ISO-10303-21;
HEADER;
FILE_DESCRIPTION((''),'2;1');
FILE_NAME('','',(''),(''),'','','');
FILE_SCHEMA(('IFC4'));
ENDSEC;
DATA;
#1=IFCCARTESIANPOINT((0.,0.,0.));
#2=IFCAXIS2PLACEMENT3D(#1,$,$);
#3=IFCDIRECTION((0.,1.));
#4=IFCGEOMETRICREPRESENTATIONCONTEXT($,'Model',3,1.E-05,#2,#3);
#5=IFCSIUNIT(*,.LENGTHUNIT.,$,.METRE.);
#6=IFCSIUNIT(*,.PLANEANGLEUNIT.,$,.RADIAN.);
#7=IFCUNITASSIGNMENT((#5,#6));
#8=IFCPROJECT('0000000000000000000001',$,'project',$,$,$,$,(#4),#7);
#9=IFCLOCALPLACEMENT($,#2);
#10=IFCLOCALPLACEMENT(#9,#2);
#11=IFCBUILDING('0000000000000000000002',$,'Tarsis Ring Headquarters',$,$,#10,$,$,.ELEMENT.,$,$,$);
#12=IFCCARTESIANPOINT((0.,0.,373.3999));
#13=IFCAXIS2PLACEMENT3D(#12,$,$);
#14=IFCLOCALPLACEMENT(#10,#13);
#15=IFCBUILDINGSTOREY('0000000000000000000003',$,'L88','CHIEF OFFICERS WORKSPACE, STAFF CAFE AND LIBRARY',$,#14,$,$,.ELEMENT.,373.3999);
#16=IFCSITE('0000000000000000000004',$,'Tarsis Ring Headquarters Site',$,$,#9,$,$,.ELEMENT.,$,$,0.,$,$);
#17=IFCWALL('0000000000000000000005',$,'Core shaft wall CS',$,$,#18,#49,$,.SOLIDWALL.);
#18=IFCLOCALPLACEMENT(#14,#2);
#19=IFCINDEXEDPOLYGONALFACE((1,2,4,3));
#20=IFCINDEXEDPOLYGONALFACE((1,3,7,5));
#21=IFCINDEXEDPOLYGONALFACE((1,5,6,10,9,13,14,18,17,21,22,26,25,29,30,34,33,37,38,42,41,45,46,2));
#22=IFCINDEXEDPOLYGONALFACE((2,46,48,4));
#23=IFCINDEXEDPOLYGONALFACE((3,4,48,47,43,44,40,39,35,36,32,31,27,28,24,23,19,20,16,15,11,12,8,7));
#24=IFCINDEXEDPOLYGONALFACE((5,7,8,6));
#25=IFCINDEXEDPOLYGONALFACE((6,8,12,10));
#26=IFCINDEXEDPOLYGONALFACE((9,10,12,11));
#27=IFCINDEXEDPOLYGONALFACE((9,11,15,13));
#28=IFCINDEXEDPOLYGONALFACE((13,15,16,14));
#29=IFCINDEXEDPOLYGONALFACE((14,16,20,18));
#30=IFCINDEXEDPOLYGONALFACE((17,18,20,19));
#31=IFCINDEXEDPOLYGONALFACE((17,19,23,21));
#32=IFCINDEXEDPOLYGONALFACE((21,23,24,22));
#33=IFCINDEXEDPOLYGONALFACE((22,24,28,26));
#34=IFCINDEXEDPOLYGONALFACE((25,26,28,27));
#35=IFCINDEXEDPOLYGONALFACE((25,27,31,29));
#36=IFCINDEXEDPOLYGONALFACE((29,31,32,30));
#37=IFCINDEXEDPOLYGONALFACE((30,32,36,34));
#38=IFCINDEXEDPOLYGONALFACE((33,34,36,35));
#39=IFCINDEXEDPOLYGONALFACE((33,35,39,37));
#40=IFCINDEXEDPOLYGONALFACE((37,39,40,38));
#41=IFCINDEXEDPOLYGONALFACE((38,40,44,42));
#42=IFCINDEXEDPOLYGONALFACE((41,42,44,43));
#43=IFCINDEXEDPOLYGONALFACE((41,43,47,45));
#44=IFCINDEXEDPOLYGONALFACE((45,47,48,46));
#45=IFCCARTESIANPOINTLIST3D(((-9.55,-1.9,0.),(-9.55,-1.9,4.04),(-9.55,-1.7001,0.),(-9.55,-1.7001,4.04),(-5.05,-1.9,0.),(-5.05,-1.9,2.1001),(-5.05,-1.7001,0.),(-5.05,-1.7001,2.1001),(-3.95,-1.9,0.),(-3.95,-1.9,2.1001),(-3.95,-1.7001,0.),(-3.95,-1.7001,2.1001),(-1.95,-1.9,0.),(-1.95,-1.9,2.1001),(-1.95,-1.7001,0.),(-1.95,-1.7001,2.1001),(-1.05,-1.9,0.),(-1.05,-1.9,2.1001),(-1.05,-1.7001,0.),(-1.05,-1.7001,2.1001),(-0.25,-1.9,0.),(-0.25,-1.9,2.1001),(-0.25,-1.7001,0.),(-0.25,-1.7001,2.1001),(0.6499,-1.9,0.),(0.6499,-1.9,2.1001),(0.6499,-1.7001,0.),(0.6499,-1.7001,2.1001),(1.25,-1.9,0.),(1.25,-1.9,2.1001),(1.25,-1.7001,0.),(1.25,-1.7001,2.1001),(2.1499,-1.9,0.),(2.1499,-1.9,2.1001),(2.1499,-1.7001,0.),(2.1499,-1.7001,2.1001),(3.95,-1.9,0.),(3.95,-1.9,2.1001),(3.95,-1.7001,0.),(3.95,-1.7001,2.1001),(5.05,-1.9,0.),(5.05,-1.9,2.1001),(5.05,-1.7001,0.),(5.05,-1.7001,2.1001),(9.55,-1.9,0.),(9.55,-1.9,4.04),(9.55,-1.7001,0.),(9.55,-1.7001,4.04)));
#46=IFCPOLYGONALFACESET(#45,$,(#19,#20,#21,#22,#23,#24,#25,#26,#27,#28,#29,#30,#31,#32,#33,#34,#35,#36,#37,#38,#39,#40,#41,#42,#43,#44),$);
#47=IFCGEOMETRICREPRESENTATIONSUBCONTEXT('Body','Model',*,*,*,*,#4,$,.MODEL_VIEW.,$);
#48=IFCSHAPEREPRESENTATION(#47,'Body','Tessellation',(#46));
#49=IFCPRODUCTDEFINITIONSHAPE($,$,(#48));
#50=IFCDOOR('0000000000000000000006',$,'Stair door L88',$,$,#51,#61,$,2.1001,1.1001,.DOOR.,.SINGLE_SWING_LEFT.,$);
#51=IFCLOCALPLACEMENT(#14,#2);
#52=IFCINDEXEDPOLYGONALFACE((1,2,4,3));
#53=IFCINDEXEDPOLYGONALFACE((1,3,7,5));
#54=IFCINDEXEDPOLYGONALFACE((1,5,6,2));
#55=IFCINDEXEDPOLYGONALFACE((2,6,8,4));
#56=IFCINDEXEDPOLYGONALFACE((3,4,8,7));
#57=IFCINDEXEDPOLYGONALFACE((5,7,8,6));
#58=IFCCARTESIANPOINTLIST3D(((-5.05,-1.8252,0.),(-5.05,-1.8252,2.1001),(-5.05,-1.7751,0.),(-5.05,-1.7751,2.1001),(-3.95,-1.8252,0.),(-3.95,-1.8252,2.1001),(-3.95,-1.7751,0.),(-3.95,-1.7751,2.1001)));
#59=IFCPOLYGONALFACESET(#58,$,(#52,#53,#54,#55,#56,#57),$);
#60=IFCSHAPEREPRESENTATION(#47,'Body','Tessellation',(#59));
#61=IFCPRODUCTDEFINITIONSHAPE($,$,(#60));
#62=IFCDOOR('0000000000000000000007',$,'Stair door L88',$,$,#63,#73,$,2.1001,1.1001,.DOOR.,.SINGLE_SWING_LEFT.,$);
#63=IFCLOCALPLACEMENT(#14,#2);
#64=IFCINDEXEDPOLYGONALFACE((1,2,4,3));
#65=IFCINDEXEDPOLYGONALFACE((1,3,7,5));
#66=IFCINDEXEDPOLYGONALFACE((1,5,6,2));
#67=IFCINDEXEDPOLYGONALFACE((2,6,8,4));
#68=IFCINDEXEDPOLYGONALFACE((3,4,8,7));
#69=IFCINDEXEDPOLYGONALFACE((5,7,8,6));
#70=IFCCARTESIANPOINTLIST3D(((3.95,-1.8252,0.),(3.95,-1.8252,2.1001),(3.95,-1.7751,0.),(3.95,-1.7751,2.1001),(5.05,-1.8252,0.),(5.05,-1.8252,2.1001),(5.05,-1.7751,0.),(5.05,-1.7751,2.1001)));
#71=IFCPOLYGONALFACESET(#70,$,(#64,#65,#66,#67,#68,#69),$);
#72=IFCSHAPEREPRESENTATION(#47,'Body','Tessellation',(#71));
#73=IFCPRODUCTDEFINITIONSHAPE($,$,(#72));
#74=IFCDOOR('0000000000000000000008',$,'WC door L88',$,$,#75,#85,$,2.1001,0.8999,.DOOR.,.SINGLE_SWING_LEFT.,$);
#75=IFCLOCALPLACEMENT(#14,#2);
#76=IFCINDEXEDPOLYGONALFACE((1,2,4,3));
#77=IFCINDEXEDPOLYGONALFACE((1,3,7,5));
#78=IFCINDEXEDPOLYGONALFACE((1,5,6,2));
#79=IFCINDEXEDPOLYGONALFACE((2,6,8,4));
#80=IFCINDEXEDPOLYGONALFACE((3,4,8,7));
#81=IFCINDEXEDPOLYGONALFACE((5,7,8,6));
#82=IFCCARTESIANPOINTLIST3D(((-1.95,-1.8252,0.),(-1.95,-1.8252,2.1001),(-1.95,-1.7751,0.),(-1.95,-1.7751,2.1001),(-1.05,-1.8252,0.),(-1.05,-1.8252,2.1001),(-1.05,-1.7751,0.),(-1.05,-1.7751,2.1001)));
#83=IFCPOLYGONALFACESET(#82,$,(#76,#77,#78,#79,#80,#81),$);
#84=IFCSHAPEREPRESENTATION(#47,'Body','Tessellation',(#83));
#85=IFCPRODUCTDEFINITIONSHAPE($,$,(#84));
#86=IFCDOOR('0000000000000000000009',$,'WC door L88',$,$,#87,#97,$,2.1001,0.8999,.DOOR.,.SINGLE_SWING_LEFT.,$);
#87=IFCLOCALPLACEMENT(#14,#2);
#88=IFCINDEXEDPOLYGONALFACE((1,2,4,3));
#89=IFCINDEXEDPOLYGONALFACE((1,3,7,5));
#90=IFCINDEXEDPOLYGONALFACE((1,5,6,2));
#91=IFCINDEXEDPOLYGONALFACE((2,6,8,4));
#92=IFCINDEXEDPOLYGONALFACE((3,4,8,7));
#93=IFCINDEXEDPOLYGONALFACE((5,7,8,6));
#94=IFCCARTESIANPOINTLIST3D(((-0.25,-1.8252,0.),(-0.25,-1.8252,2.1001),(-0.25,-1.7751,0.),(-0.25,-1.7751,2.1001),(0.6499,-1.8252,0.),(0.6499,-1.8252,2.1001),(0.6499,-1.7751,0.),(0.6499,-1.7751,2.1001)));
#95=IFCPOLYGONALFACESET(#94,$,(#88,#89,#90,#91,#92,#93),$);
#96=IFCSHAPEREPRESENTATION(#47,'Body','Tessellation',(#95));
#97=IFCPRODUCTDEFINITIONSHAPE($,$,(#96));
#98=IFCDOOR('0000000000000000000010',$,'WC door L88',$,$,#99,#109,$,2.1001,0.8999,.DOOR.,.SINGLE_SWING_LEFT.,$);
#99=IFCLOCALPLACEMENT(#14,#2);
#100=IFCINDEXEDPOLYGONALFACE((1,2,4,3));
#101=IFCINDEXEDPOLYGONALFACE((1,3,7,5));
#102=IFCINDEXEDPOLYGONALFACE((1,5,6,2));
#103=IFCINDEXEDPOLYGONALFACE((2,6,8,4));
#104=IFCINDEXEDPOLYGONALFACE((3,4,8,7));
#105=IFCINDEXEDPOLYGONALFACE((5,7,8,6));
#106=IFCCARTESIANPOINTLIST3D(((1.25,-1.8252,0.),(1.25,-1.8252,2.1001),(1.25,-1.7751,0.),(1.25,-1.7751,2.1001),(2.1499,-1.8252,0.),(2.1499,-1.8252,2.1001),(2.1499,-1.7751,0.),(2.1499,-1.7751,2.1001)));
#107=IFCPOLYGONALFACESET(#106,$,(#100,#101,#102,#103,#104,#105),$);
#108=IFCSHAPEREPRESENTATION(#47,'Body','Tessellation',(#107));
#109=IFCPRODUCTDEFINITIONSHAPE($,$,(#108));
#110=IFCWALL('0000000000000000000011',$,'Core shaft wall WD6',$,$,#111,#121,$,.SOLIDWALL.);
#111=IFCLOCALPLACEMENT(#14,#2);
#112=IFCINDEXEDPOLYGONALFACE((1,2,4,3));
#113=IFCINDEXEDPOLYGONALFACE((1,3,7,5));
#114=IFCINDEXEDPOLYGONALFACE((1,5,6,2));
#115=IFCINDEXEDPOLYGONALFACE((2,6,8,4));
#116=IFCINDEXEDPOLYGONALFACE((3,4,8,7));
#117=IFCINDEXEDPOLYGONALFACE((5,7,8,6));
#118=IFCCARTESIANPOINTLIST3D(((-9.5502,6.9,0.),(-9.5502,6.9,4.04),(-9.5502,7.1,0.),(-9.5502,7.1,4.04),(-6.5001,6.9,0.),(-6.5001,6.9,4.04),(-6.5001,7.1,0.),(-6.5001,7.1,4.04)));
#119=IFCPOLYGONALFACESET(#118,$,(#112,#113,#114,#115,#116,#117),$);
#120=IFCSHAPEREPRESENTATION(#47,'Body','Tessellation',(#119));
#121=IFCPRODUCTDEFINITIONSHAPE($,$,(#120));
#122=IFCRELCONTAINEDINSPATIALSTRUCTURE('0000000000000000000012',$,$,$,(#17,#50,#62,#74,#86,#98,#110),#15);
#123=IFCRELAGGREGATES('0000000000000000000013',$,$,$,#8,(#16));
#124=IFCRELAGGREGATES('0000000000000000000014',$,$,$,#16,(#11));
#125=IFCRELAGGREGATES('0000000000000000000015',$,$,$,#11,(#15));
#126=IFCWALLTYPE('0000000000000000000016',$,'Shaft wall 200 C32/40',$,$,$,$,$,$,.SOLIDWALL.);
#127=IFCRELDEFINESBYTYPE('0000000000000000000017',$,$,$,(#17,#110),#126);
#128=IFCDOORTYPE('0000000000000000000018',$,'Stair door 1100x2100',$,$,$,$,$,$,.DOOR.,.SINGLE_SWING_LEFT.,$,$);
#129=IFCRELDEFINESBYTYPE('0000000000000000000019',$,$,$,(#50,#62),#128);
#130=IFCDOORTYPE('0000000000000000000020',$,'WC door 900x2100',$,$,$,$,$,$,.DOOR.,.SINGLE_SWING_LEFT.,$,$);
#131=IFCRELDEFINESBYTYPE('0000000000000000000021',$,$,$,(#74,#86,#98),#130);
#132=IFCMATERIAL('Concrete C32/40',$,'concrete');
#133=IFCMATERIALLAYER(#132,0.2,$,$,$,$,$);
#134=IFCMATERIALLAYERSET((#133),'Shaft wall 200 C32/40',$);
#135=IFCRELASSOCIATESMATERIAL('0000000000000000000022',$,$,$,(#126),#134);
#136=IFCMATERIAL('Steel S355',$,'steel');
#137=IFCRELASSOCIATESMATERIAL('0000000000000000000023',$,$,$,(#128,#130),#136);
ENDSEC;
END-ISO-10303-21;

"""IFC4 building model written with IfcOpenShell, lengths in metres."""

from ifc_helpers import new_model, si_unit, direction, frame, frame_2d, origin, place, context, subcontext, project, spatial, rectangle, extrude, material, layer, layer_set, type_object, element, fill, save


model = new_model("IFC4")

# Units and contexts
model_context = context("Model", 3, precision=1e-05, world=origin(), true_north=direction((0.0, 1.0)))
body_context = subcontext(model_context, "Body", "Model", "MODEL_VIEW")
ifc_project = project(units=[si_unit("LENGTHUNIT", "METRE"), si_unit("PLANEANGLEUNIT", "RADIAN")], contexts=[model_context])

# Site, building, storey
site_placement = place(None, origin())
site = spatial("IfcSite", under=ifc_project, at=site_placement, Name="Tarsis Ring Headquarters Site", CompositionType="ELEMENT", RefElevation=0.0)
building_placement = place(site_placement, origin())
building = spatial("IfcBuilding", under=site, at=building_placement, Name="Tarsis Ring Headquarters", CompositionType="ELEMENT")
storey_placement = place(building_placement, frame((0.0, 0.0, 373.3999)))
storey = spatial("IfcBuildingStorey", under=building, at=storey_placement, Name="L88", Description="CHIEF OFFICERS WORKSPACE, STAFF CAFE AND LIBRARY", CompositionType="ELEMENT", Elevation=373.3999)

# Wall, openings, doors
ifc_material_1 = material(Name="Concrete C32/40", Category="concrete")
ifc_layer_1 = layer(ifc_material_1, 0.2)
ifc_layer_set_1 = layer_set([ifc_layer_1], Name="Shaft wall 200 C32/40")
wall_type_1 = type_object("IfcWallType", Name="Shaft wall 200 C32/40", PredefinedType="SOLIDWALL", material=ifc_layer_set_1)
ifc_material_2 = material(Name="Steel S355", Category="steel")
door_type_1 = type_object("IfcDoorType", Name="Stair door 1100x2100", OperationType="SINGLE_SWING_LEFT", PredefinedType="DOOR", material=ifc_material_2)
wall_1_placement = place(storey_placement, frame((-9.55, -1.8, 0.0), z_axis=(0.0, 0.0, 1.0), x_axis=(1.0, 0.0, 0.0)))
wall_1 = element("IfcWall", 1, at=wall_1_placement, inside=storey, type_object=wall_type_1, Name="Core shaft wall CS", PredefinedType="SOLIDWALL", context=body_context, shape_type="SweptSolid", body=[
    extrude(rectangle(XDim=19.1001, YDim=0.2, at=frame_2d((9.55, 0.0))), origin(), (0.0, 0.0, 1.0), 4.04),
])
opening_1_placement = place(wall_1_placement, frame((4.5, 0.0, 0.0)))
opening_1 = element("IfcOpeningElement", 2, at=opening_1_placement, cuts=wall_1, PredefinedType="OPENING", context=body_context, shape_type="SweptSolid", body=[
    extrude(rectangle(XDim=1.1001, YDim=2.1001, at=frame_2d((0.55, 1.05))), frame((0.0, 0.1099, 0.0), z_axis=(0.0, -1.0, 0.0), x_axis=(1.0, 0.0, 0.0)), (0.0, 0.0, 1.0), 0.22),
])
opening_2_placement = place(wall_1_placement, frame((7.6001, 0.0, 0.0)))
opening_2 = element("IfcOpeningElement", 3, at=opening_2_placement, cuts=wall_1, PredefinedType="OPENING", context=body_context, shape_type="SweptSolid", body=[
    extrude(rectangle(XDim=0.8999, YDim=2.1001, at=frame_2d((0.45, 1.05))), frame((0.0, 0.1099, 0.0), z_axis=(0.0, -1.0, 0.0), x_axis=(1.0, 0.0, 0.0)), (0.0, 0.0, 1.0), 0.22),
])
opening_3_placement = place(wall_1_placement, frame((9.3, 0.0, 0.0)))
opening_3 = element("IfcOpeningElement", 4, at=opening_3_placement, cuts=wall_1, PredefinedType="OPENING", context=body_context, shape_type="SweptSolid", body=[
    extrude(rectangle(XDim=0.8999, YDim=2.1001, at=frame_2d((0.45, 1.05))), frame((0.0, 0.1099, 0.0), z_axis=(0.0, -1.0, 0.0), x_axis=(1.0, 0.0, 0.0)), (0.0, 0.0, 1.0), 0.22),
])
opening_4_placement = place(wall_1_placement, frame((10.8, 0.0, 0.0)))
opening_4 = element("IfcOpeningElement", 5, at=opening_4_placement, cuts=wall_1, PredefinedType="OPENING", context=body_context, shape_type="SweptSolid", body=[
    extrude(rectangle(XDim=0.8999, YDim=2.1001, at=frame_2d((0.45, 1.05))), frame((0.0, 0.1099, 0.0), z_axis=(0.0, -1.0, 0.0), x_axis=(1.0, 0.0, 0.0)), (0.0, 0.0, 1.0), 0.22),
])
opening_5_placement = place(wall_1_placement, frame((13.5, 0.0, 0.0)))
opening_5 = element("IfcOpeningElement", 6, at=opening_5_placement, cuts=wall_1, PredefinedType="OPENING", context=body_context, shape_type="SweptSolid", body=[
    extrude(rectangle(XDim=1.1001, YDim=2.1001, at=frame_2d((0.55, 1.05))), frame((0.0, 0.1099, 0.0), z_axis=(0.0, -1.0, 0.0), x_axis=(1.0, 0.0, 0.0)), (0.0, 0.0, 1.0), 0.22),
])
door_1_placement = place(opening_1_placement, origin())
door_1 = element("IfcDoor", 7, at=door_1_placement, inside=storey, type_object=door_type_1, Name="Stair door L88", OperationType="SINGLE_SWING_LEFT", OverallHeight=2.1001, OverallWidth=1.1001, PredefinedType="DOOR", context=body_context, shape_type="SweptSolid", body=[
    extrude(rectangle(XDim=1.1001, YDim=2.1001, at=frame_2d((0.55, 1.05))), frame((0.0, 0.0249, 0.0), z_axis=(0.0, -1.0, 0.0), x_axis=(1.0, 0.0, 0.0)), (0.0, 0.0, 1.0), 0.05),
])
fill(opening_1, door_1)
door_2_placement = place(opening_5_placement, origin())
door_2 = element("IfcDoor", 8, at=door_2_placement, inside=storey, type_object=door_type_1, Name="Stair door L88", OperationType="SINGLE_SWING_LEFT", OverallHeight=2.1001, OverallWidth=1.1001, PredefinedType="DOOR", context=body_context, shape_type="SweptSolid", body=[
    extrude(rectangle(XDim=1.1001, YDim=2.1001, at=frame_2d((0.55, 1.05))), frame((0.0, 0.0249, 0.0), z_axis=(0.0, -1.0, 0.0), x_axis=(1.0, 0.0, 0.0)), (0.0, 0.0, 1.0), 0.05),
])
fill(opening_5, door_2)
door_type_2 = type_object("IfcDoorType", Name="WC door 900x2100", OperationType="SINGLE_SWING_LEFT", PredefinedType="DOOR", material=ifc_material_2)
door_3_placement = place(opening_2_placement, origin())
door_3 = element("IfcDoor", 9, at=door_3_placement, inside=storey, type_object=door_type_2, Name="WC door L88", OperationType="SINGLE_SWING_LEFT", OverallHeight=2.1001, OverallWidth=0.8999, PredefinedType="DOOR", context=body_context, shape_type="SweptSolid", body=[
    extrude(rectangle(XDim=0.8999, YDim=2.1001, at=frame_2d((0.45, 1.05))), frame((0.0, 0.0249, 0.0), z_axis=(0.0, -1.0, 0.0), x_axis=(1.0, 0.0, 0.0)), (0.0, 0.0, 1.0), 0.05),
])
fill(opening_2, door_3)
door_4_placement = place(opening_3_placement, origin())
door_4 = element("IfcDoor", 10, at=door_4_placement, inside=storey, type_object=door_type_2, Name="WC door L88", OperationType="SINGLE_SWING_LEFT", OverallHeight=2.1001, OverallWidth=0.8999, PredefinedType="DOOR", context=body_context, shape_type="SweptSolid", body=[
    extrude(rectangle(XDim=0.8999, YDim=2.1001, at=frame_2d((0.45, 1.05))), frame((0.0, 0.0249, 0.0), z_axis=(0.0, -1.0, 0.0), x_axis=(1.0, 0.0, 0.0)), (0.0, 0.0, 1.0), 0.05),
])
fill(opening_3, door_4)
door_5_placement = place(opening_4_placement, origin())
door_5 = element("IfcDoor", 11, at=door_5_placement, inside=storey, type_object=door_type_2, Name="WC door L88", OperationType="SINGLE_SWING_LEFT", OverallHeight=2.1001, OverallWidth=0.8999, PredefinedType="DOOR", context=body_context, shape_type="SweptSolid", body=[
    extrude(rectangle(XDim=0.8999, YDim=2.1001, at=frame_2d((0.45, 1.05))), frame((0.0, 0.0249, 0.0), z_axis=(0.0, -1.0, 0.0), x_axis=(1.0, 0.0, 0.0)), (0.0, 0.0, 1.0), 0.05),
])
fill(opening_4, door_5)

# Wall
wall_2_placement = place(storey_placement, frame((-9.55, 7.0, 0.0), z_axis=(0.0, 0.0, 1.0), x_axis=(1.0, 0.0, 0.0)))
element("IfcWall", 12, at=wall_2_placement, inside=storey, type_object=wall_type_1, Name="Core shaft wall WD6", PredefinedType="SOLIDWALL", context=body_context, shape_type="SweptSolid", body=[
    extrude(rectangle(XDim=3.05, YDim=0.2, at=frame_2d((1.5249, 0.0))), origin(), (0.0, 0.0, 1.0), 4.04),
])

save(model, "model.ifc")
